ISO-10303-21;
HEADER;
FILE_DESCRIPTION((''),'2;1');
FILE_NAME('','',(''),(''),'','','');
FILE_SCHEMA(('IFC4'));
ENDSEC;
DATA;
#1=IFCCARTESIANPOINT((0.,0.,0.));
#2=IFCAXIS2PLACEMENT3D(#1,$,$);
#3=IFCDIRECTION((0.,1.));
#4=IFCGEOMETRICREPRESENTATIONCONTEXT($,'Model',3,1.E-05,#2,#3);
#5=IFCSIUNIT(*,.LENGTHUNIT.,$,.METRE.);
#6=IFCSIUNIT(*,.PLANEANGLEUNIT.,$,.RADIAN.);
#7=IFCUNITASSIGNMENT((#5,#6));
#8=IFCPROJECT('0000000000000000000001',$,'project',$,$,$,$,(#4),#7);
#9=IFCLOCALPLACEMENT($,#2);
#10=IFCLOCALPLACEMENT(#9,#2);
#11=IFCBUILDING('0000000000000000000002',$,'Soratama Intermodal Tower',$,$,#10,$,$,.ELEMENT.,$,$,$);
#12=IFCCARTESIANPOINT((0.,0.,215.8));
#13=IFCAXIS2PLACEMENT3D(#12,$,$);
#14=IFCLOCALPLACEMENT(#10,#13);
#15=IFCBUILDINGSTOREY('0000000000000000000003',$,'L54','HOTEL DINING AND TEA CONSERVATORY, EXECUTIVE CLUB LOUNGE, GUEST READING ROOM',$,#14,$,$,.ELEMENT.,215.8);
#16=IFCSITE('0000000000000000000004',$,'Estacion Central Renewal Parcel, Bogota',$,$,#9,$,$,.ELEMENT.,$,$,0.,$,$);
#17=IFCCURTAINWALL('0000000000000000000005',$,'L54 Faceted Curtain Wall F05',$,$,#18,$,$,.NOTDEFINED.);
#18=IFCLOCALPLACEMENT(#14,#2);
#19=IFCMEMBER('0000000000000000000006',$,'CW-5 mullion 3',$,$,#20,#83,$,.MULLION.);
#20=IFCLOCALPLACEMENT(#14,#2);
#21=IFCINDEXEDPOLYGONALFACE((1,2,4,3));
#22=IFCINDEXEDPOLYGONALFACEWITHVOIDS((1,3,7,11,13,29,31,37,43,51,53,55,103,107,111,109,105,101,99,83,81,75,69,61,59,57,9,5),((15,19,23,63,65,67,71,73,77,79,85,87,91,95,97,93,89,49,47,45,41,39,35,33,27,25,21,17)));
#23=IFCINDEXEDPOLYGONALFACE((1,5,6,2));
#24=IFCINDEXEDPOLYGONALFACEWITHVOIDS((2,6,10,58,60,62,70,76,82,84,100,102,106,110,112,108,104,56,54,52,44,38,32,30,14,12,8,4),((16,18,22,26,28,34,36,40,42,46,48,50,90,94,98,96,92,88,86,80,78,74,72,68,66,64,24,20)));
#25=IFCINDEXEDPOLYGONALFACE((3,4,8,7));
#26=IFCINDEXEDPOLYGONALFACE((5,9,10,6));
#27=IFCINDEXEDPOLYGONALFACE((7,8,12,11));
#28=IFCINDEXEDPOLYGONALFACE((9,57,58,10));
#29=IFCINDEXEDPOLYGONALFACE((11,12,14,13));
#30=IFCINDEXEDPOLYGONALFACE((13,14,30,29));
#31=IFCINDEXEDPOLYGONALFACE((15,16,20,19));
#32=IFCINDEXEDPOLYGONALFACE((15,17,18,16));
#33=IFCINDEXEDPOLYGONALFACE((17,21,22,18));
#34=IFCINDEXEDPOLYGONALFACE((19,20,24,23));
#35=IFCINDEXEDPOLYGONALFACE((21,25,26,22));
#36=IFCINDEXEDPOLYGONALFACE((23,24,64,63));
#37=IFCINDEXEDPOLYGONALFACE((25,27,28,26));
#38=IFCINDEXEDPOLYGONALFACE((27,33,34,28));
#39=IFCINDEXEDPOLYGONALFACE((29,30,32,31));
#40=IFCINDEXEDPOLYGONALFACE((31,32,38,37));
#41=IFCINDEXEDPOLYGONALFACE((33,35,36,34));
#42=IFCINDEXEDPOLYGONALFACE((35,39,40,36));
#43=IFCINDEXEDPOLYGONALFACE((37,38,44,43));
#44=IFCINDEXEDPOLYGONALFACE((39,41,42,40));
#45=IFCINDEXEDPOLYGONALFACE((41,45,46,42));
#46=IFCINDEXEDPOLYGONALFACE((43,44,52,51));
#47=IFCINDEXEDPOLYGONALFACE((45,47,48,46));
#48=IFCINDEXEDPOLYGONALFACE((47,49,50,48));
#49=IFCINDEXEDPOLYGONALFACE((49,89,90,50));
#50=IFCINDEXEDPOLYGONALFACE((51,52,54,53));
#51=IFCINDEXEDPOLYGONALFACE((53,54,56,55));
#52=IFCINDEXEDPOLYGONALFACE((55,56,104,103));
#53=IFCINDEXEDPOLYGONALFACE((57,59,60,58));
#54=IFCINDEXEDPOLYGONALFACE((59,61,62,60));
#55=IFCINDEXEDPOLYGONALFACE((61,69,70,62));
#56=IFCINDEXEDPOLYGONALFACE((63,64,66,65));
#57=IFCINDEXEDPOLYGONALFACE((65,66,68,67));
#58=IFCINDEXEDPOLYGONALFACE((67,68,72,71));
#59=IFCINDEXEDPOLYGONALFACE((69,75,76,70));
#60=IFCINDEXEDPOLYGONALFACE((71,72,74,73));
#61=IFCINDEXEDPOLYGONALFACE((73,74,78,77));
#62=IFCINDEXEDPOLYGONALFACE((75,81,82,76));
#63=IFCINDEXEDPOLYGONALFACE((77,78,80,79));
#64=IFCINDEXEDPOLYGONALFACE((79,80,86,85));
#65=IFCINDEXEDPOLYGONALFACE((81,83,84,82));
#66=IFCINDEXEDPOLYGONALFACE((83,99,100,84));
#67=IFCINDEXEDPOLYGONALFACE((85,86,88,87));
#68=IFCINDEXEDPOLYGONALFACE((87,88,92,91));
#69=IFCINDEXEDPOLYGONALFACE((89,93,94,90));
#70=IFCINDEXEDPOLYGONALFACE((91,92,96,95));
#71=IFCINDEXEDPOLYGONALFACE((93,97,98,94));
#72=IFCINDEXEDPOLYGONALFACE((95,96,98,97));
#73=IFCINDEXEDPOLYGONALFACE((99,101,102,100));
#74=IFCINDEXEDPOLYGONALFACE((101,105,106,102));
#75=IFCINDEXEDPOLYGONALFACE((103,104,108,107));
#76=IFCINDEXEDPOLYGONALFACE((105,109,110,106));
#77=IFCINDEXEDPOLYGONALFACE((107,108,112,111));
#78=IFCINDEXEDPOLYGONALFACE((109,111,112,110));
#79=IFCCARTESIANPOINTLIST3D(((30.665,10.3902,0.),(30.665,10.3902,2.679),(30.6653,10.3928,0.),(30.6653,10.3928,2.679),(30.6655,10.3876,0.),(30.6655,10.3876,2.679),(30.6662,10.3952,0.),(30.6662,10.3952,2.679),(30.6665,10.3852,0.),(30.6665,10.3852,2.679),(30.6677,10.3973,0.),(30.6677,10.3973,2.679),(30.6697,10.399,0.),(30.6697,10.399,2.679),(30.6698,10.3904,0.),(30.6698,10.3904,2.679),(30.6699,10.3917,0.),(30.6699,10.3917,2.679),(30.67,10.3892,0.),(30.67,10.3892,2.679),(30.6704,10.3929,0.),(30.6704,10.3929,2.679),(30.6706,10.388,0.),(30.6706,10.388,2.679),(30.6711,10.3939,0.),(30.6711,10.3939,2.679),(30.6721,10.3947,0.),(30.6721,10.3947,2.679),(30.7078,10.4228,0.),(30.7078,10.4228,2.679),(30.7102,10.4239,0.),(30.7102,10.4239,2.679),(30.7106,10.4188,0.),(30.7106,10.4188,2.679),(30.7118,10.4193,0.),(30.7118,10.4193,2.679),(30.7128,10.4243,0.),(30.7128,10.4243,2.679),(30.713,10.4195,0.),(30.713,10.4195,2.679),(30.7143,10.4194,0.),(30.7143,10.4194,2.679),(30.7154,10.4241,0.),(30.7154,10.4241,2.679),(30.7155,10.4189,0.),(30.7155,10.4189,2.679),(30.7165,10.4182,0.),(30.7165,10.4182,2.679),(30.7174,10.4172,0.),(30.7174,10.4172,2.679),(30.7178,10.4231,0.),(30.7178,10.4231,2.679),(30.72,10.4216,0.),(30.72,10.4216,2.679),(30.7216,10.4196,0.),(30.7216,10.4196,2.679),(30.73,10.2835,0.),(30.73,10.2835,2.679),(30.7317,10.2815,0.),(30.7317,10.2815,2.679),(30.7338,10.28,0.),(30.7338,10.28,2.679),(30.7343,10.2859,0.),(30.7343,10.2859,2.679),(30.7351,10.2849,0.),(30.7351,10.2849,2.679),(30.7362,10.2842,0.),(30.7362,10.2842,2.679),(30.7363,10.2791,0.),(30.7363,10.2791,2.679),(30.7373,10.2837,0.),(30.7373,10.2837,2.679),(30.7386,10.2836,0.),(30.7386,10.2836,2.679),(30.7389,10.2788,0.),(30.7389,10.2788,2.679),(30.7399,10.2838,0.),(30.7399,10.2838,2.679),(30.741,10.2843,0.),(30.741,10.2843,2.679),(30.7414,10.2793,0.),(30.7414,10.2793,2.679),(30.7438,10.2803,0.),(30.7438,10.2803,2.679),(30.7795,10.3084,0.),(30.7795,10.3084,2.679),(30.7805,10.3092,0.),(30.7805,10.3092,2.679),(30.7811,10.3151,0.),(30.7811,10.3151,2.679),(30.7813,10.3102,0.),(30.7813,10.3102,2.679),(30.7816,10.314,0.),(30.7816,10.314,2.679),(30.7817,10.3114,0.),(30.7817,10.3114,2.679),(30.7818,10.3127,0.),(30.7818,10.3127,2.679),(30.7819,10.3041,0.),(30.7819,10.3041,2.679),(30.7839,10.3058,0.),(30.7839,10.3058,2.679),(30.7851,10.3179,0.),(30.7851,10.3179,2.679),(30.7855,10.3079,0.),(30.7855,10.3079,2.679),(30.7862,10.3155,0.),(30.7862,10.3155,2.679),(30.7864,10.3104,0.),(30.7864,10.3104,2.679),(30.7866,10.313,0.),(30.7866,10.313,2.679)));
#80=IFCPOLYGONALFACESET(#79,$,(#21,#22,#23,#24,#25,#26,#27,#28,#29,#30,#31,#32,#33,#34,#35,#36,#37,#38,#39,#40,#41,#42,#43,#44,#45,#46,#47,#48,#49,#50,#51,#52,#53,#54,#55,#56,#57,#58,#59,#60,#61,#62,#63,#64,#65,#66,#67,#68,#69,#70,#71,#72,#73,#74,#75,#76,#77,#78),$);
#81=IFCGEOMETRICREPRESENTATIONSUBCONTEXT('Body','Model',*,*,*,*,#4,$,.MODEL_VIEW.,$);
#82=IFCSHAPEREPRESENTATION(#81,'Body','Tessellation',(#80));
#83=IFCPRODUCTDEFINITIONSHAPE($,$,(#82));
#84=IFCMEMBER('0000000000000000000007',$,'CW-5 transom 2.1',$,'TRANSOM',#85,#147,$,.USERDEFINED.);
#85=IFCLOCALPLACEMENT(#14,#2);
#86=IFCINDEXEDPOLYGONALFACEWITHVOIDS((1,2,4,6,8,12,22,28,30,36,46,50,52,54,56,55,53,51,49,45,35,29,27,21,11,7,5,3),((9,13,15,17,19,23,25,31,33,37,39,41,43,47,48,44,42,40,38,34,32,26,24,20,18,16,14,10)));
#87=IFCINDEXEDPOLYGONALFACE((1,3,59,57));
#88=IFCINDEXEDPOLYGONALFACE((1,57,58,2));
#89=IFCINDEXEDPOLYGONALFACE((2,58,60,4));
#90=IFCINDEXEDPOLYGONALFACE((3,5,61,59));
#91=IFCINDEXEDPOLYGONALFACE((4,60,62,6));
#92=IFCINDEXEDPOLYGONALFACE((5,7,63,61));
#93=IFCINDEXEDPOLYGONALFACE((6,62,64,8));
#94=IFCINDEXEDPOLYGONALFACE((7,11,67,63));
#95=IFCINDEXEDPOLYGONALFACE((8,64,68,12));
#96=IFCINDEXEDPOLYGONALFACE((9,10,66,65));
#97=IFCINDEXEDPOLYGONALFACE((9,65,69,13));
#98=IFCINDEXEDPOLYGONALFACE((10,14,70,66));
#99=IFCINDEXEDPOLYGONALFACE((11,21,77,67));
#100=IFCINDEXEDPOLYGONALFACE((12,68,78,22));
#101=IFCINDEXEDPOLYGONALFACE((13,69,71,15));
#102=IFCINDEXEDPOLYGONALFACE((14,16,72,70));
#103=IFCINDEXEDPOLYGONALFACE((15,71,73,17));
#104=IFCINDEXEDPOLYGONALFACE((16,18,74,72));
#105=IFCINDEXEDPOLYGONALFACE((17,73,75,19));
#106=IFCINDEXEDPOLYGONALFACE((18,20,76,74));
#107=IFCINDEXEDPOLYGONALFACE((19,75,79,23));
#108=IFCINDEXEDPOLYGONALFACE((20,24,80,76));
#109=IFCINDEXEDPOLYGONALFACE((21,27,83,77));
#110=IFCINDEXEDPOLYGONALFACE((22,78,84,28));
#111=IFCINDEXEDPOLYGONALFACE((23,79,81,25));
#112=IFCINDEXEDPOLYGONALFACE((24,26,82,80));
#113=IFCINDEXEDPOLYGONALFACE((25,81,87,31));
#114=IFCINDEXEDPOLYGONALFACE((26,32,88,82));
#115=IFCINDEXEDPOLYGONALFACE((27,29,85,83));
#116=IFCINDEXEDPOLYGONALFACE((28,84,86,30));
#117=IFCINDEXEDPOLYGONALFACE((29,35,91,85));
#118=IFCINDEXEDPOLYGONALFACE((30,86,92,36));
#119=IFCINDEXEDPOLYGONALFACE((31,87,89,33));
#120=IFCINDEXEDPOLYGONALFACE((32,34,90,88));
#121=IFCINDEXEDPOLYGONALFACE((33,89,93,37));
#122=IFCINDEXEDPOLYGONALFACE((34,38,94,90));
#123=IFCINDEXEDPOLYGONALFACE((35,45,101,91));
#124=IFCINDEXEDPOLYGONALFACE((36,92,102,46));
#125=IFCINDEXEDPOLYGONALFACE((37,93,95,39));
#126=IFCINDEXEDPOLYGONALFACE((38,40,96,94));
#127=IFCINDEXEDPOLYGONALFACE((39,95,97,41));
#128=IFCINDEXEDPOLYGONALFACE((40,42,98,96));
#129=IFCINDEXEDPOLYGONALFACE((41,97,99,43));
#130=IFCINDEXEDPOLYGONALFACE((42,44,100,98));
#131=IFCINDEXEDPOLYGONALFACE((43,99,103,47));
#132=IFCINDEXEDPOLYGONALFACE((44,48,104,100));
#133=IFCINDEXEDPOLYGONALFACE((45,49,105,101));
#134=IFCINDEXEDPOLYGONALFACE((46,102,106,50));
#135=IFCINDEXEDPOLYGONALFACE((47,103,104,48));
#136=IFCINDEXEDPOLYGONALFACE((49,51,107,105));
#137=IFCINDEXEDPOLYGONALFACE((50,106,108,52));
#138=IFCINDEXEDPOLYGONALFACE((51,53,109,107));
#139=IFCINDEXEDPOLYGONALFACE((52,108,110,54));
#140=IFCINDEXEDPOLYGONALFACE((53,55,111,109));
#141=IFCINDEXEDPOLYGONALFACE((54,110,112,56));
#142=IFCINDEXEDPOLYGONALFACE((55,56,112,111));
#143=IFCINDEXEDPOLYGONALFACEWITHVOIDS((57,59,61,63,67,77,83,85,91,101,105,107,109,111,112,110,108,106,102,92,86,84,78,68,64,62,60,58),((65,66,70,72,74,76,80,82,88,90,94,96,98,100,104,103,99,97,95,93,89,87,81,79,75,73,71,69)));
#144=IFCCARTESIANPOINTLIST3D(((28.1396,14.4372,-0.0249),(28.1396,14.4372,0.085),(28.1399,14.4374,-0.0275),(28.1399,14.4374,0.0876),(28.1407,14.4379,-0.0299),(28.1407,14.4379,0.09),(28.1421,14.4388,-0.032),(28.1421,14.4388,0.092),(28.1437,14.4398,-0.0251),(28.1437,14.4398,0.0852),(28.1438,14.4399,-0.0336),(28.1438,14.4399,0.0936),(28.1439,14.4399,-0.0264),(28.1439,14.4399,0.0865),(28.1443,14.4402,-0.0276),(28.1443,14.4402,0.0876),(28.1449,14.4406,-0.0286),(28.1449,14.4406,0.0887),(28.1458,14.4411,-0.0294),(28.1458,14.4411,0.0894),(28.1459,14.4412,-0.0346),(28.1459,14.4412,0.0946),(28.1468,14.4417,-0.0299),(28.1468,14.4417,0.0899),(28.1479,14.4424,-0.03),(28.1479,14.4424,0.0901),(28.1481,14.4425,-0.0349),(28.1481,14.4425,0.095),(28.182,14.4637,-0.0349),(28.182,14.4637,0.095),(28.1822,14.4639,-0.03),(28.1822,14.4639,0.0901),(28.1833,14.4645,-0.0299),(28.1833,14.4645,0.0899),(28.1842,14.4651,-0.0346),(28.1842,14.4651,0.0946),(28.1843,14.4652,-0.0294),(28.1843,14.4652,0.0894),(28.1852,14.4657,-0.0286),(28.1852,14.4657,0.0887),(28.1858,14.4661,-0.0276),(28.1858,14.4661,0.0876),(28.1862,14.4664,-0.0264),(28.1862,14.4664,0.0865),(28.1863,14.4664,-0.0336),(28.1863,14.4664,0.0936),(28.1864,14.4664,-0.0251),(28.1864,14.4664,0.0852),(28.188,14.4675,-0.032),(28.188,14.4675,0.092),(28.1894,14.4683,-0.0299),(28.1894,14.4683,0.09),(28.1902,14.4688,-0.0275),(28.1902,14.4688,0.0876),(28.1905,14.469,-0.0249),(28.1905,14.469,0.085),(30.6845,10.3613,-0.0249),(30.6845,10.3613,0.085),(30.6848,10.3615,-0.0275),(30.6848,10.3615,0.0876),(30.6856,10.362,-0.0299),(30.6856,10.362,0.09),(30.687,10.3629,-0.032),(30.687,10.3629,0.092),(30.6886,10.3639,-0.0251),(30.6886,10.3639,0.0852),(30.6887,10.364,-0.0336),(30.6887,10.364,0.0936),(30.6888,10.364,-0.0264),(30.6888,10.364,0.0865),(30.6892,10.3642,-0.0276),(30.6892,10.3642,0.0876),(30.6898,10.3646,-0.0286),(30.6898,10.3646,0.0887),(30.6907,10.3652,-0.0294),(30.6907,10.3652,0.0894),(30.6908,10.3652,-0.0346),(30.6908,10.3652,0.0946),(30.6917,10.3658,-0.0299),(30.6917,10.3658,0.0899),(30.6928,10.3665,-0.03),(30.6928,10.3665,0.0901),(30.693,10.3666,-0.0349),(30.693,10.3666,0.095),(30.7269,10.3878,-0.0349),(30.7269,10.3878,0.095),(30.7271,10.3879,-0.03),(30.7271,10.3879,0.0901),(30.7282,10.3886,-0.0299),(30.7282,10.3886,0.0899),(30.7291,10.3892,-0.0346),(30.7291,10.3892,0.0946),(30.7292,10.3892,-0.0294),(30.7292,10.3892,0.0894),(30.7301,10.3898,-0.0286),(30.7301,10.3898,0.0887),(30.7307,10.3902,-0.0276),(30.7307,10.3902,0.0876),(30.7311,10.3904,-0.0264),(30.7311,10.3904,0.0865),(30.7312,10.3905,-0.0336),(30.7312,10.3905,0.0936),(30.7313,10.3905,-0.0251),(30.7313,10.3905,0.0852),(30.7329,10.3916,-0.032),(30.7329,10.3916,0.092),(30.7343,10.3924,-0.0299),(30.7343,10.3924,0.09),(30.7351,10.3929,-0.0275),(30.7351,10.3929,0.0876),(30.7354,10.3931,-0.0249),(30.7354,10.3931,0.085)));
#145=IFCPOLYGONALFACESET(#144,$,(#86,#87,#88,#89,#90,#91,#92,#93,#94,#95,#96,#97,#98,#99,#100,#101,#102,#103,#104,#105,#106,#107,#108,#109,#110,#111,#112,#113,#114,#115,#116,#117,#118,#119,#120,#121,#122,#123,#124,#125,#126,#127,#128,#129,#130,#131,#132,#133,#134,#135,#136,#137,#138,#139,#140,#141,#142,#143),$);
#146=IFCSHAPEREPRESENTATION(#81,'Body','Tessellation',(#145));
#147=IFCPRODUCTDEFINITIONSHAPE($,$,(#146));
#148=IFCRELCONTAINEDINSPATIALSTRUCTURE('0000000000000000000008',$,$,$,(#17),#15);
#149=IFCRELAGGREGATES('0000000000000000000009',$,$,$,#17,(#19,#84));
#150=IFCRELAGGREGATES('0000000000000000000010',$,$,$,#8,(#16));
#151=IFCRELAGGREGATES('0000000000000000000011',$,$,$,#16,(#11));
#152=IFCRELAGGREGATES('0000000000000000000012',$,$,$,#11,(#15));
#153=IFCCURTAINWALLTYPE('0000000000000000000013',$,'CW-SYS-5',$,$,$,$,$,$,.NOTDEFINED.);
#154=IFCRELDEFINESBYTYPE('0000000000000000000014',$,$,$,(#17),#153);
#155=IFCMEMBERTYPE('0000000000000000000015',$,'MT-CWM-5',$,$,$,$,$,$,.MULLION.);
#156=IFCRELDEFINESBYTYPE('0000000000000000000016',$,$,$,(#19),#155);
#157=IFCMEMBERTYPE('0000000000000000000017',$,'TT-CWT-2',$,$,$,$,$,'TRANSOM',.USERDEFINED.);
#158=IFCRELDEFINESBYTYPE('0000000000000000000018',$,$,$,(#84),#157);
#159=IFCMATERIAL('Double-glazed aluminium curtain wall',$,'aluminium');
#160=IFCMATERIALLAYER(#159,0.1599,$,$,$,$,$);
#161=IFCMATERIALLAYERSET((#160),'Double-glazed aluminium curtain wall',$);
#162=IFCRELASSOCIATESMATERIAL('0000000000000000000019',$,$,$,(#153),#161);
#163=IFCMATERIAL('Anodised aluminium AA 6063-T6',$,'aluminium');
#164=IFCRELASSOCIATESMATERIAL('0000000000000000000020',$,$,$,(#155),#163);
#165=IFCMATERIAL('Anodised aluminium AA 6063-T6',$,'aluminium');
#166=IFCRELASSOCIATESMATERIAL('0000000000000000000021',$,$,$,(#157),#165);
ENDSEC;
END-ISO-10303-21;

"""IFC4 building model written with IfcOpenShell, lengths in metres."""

from ifc_helpers import new_model, si_unit, direction, frame, origin, origin_2d, place, context, subcontext, project, spatial, hollow_rectangle, extrude, material, layer, layer_set, material_profile, profile_set, type_object, element, aggregate, save


model = new_model("IFC4")

# Units and contexts
model_context = context("Model", 3, precision=1e-05, world=origin(), true_north=direction((0.0, 1.0)))
body_context = subcontext(model_context, "Body", "Model", "MODEL_VIEW")
ifc_project = project(units=[si_unit("LENGTHUNIT", "METRE"), si_unit("PLANEANGLEUNIT", "RADIAN")], contexts=[model_context])

# Site, building, storey
site_placement = place(None, origin())
site = spatial("IfcSite", under=ifc_project, at=site_placement, Name="Estacion Central Renewal Parcel, Bogota", CompositionType="ELEMENT", RefElevation=0.0)
building_placement = place(site_placement, origin())
building = spatial("IfcBuilding", under=site, at=building_placement, Name="Soratama Intermodal Tower", CompositionType="ELEMENT")
storey_placement = place(building_placement, frame((0.0, 0.0, 215.8)))
storey = spatial("IfcBuildingStorey", under=building, at=storey_placement, Name="L54", Description="HOTEL DINING AND TEA CONSERVATORY, EXECUTIVE CLUB LOUNGE, GUEST READING ROOM", CompositionType="ELEMENT", Elevation=215.8)

# Curtain wall, members
ifc_material_1 = material(Name="Double-glazed aluminium curtain wall", Category="aluminium")
ifc_layer_1 = layer(ifc_material_1, 0.1599)
ifc_layer_set_1 = layer_set([ifc_layer_1], Name="Double-glazed aluminium curtain wall")
curtain_wall_type = type_object("IfcCurtainWallType", Name="CW-SYS-5", PredefinedType="NOTDEFINED", material=ifc_layer_set_1)
curtain_wall_placement = place(storey_placement, origin())
curtain_wall = element("IfcCurtainWall", 1, at=curtain_wall_placement, inside=storey, type_object=curtain_wall_type, Name="L54 Faceted Curtain Wall F05", PredefinedType="NOTDEFINED")
ifc_material_2 = material(Name="Anodised aluminium AA 6063-T6", Category="aluminium")
ifc_material_profile_1 = material_profile(ifc_material_2, hollow_rectangle(XDim=0.0649, YDim=0.1399, WallThickness=0.0049, InnerFilletRadius=0.0049, OuterFilletRadius=0.01, at=origin_2d()), Name="CWM140X65X5")
ifc_profile_set_1 = profile_set([ifc_material_profile_1], Name="Anodised aluminium AA 6063-T6")
member_type_1 = type_object("IfcMemberType", Name="MT-CWM-5", PredefinedType="MULLION", material=ifc_profile_set_1)
member_1_placement = place(storey_placement, frame((30.7258, 10.3516, 0.0), z_axis=(0.0, 0.0, 1.0), x_axis=(0.848231, 0.529626, 0.0)))
member_1 = element("IfcMember", 2, at=member_1_placement, type_object=member_type_1, Name="CW-5 mullion 3", PredefinedType="MULLION", context=body_context, shape_type="SweptSolid", body=[
    extrude(hollow_rectangle(XDim=0.0649, YDim=0.1399, WallThickness=0.0049, InnerFilletRadius=0.0049, OuterFilletRadius=0.01, at=origin_2d()), origin(), (0.0, 0.0, 1.0), 2.679),
])
ifc_material_3 = material(Name="Anodised aluminium AA 6063-T6", Category="aluminium")
ifc_material_profile_2 = material_profile(ifc_material_3, hollow_rectangle(XDim=0.0601, YDim=0.1299, WallThickness=0.0049, InnerFilletRadius=0.0049, OuterFilletRadius=0.01, at=origin_2d()), Name="CWT130X60X5")
ifc_profile_set_2 = profile_set([ifc_material_profile_2], Name="Anodised aluminium AA 6063-T6")
member_type_2 = type_object("IfcMemberType", Name="TT-CWT-2", ElementType="TRANSOM", PredefinedType="USERDEFINED", material=ifc_profile_set_2)
member_2_placement = place(storey_placement, frame((28.165, 14.4531, 0.03), z_axis=(0.52962, -0.848235, 0.0), x_axis=(0.848235, 0.52962, 0.0)))
member_2 = element("IfcMember", 3, at=member_2_placement, type_object=member_type_2, Name="CW-5 transom 2.1", ObjectType="TRANSOM", PredefinedType="USERDEFINED", context=body_context, shape_type="SweptSolid", body=[
    extrude(hollow_rectangle(XDim=0.0601, YDim=0.1299, WallThickness=0.0049, InnerFilletRadius=0.0049, OuterFilletRadius=0.01, at=origin_2d()), origin(), (0.0, 0.0, 1.0), 4.8052),
])
aggregate(curtain_wall, [member_1, member_2])

save(model, "model.ifc")
